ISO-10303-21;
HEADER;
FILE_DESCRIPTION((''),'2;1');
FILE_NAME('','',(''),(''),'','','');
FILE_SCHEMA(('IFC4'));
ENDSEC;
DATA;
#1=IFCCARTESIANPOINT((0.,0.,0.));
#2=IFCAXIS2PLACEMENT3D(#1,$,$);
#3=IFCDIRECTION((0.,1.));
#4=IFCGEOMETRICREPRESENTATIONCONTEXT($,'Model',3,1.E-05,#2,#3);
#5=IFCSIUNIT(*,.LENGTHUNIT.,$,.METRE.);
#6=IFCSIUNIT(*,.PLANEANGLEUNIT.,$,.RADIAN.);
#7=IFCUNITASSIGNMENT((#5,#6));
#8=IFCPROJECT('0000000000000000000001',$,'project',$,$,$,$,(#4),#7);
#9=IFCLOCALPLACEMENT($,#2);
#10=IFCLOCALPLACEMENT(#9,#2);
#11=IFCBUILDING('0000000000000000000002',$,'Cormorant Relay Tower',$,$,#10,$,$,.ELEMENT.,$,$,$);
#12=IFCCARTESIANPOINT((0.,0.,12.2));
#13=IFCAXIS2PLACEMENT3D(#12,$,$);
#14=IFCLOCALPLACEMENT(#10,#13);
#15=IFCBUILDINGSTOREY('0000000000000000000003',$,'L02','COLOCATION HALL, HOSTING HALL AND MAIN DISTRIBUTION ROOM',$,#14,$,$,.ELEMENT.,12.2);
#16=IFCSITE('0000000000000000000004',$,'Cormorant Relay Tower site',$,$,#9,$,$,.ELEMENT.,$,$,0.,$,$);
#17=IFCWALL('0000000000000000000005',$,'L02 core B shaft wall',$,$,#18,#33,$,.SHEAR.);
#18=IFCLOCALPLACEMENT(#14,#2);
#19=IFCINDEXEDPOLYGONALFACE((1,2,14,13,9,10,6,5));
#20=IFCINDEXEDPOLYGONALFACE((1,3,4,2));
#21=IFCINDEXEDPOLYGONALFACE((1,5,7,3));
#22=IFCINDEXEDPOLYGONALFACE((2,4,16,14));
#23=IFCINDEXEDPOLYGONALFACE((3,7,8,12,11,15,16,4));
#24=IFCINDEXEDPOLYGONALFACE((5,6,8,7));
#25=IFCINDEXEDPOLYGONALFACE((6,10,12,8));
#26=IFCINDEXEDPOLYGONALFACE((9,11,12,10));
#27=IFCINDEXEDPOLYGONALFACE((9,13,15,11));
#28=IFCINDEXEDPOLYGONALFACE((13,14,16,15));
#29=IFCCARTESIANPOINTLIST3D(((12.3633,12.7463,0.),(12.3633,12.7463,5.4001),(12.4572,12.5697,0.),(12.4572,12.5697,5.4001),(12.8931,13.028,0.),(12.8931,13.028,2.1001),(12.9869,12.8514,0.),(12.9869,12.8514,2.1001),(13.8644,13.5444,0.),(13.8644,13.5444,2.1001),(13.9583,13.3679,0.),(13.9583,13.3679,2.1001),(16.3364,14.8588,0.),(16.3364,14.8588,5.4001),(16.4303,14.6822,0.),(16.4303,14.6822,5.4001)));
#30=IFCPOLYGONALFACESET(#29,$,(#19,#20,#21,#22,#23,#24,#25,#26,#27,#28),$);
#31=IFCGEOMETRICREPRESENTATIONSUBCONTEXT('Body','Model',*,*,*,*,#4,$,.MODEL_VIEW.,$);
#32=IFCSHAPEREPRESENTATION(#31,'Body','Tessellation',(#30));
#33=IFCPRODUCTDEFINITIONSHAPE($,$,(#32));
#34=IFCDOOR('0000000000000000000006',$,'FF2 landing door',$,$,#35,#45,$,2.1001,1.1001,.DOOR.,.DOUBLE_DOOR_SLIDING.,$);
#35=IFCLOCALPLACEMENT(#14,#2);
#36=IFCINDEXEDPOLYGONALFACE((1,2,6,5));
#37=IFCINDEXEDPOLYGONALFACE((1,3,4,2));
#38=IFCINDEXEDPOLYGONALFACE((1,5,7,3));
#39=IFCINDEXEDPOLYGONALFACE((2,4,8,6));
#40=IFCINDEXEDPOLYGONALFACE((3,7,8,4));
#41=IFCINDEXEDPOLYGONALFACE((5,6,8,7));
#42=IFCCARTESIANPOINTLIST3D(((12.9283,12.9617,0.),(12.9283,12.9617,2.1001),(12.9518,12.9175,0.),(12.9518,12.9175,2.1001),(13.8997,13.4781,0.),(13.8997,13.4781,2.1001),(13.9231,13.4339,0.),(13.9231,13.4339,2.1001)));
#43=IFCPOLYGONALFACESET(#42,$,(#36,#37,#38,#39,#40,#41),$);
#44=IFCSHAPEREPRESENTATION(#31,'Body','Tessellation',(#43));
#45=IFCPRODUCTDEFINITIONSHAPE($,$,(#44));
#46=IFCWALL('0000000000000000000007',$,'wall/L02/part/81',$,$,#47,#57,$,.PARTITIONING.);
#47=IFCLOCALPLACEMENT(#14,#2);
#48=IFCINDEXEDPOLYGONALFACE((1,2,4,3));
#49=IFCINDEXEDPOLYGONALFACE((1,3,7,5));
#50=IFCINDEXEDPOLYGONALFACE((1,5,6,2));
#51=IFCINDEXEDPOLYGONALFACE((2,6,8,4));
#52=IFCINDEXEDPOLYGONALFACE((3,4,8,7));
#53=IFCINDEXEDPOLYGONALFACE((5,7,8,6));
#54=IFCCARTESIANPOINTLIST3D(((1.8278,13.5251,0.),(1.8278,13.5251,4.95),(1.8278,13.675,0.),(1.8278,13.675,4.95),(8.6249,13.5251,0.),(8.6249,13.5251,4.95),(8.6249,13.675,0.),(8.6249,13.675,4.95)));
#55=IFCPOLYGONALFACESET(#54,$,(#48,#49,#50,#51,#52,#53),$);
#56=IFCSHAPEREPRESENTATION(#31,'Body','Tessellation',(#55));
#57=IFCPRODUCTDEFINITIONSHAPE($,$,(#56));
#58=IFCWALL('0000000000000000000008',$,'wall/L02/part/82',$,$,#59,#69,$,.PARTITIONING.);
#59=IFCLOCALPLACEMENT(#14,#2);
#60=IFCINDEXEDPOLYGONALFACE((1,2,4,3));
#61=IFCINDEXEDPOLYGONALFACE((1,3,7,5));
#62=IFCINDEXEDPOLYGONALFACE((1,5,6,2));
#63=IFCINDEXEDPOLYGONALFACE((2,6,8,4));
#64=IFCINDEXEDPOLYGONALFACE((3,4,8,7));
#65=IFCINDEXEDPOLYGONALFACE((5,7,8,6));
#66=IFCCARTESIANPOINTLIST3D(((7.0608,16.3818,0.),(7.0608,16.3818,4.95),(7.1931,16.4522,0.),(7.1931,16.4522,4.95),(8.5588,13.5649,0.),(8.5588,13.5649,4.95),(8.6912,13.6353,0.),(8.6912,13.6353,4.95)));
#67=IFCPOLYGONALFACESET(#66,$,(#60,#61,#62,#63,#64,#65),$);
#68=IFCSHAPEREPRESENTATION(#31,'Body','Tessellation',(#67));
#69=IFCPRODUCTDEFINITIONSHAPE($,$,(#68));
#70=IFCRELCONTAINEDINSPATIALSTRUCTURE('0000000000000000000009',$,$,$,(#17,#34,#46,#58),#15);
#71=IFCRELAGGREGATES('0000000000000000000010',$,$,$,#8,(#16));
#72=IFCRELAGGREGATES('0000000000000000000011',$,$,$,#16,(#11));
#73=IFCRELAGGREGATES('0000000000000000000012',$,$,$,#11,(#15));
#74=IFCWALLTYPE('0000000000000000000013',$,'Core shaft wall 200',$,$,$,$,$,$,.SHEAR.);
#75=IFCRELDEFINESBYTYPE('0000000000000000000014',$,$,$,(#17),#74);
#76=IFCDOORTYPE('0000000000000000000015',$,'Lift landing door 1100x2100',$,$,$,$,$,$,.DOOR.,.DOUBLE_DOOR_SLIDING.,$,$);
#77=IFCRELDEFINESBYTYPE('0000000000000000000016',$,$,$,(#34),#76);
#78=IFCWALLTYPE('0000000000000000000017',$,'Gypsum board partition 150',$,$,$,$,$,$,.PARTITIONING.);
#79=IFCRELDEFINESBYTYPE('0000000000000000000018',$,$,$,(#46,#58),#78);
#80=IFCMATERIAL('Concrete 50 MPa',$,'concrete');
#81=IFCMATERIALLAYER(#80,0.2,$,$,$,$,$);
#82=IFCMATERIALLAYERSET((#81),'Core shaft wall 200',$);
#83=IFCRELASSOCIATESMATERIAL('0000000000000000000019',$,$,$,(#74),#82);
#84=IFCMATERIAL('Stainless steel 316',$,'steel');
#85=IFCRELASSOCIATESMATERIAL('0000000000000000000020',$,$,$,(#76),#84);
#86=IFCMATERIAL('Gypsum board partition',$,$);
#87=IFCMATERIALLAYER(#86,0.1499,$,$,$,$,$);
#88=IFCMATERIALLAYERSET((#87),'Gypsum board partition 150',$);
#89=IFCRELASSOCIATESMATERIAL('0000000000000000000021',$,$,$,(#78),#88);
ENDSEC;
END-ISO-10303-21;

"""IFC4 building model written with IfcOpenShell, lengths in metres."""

from ifc_helpers import new_model, si_unit, direction, frame, frame_2d, origin, place, context, subcontext, project, spatial, rectangle, extrude, material, layer, layer_set, type_object, element, fill, save


model = new_model("IFC4")

# Units and contexts
model_context = context("Model", 3, precision=1e-05, world=origin(), true_north=direction((0.0, 1.0)))
body_context = subcontext(model_context, "Body", "Model", "MODEL_VIEW")
ifc_project = project(units=[si_unit("LENGTHUNIT", "METRE"), si_unit("PLANEANGLEUNIT", "RADIAN")], contexts=[model_context])

# Site, building, storey
site_placement = place(None, origin())
site = spatial("IfcSite", under=ifc_project, at=site_placement, Name="Cormorant Relay Tower site", CompositionType="ELEMENT", RefElevation=0.0)
building_placement = place(site_placement, origin())
building = spatial("IfcBuilding", under=site, at=building_placement, Name="Cormorant Relay Tower", CompositionType="ELEMENT")
storey_placement = place(building_placement, frame((0.0, 0.0, 12.2)))
storey = spatial("IfcBuildingStorey", under=building, at=storey_placement, Name="L02", Description="COLOCATION HALL, HOSTING HALL AND MAIN DISTRIBUTION ROOM", CompositionType="ELEMENT", Elevation=12.2)

# Shared definitions
ifc_material_1 = material(Name="Concrete 50 MPa", Category="concrete")
ifc_layer_1 = layer(ifc_material_1, 0.2)
ifc_layer_set_1 = layer_set([ifc_layer_1], Name="Core shaft wall 200")
wall_type_1 = type_object("IfcWallType", Name="Core shaft wall 200", PredefinedType="SHEAR", material=ifc_layer_set_1)

# Shared definitions
ifc_material_2 = material(Name="Stainless steel 316", Category="steel")
door_type_1 = type_object("IfcDoorType", Name="Lift landing door 1100x2100", OperationType="DOUBLE_DOOR_SLIDING", PredefinedType="DOOR", material=ifc_material_2)

# Wall, opening, door
wall_1_placement = place(storey_placement, frame((12.4102, 12.658, 0.0), z_axis=(0.0, 0.0, 1.0), x_axis=(0.882948, 0.46947, 0.0)))
wall_1 = element("IfcWall", 1, at=wall_1_placement, inside=storey, type_object=wall_type_1, Name="L02 core B shaft wall", PredefinedType="SHEAR", context=body_context, shape_type="SweptSolid", body=[
    extrude(rectangle(XDim=4.4998, YDim=0.2, at=frame_2d((2.25, 0.0))), origin(), (0.0, 0.0, 1.0), 5.4001),
])
opening_1_placement = place(wall_1_placement, frame((0.6001, 0.0, 0.0)))
opening_1 = element("IfcOpeningElement", 2, at=opening_1_placement, cuts=wall_1, PredefinedType="OPENING", context=body_context, shape_type="SweptSolid", body=[
    extrude(rectangle(XDim=1.1001, YDim=2.1001, at=frame_2d((0.55, 1.05))), frame((0.0, 0.1099, 0.0), z_axis=(0.0, -1.0, 0.0), x_axis=(1.0, 0.0, 0.0)), (0.0, 0.0, 1.0), 0.22),
])
door_1_placement = place(opening_1_placement, origin())
door_1 = element("IfcDoor", 3, at=door_1_placement, inside=storey, type_object=door_type_1, Name="FF2 landing door", OperationType="DOUBLE_DOOR_SLIDING", OverallHeight=2.1001, OverallWidth=1.1001, PredefinedType="DOOR", context=body_context, shape_type="SweptSolid", body=[
    extrude(rectangle(XDim=1.1001, YDim=2.1001, at=frame_2d((0.55, 1.05))), frame((0.0, 0.0249, 0.0), z_axis=(0.0, -1.0, 0.0), x_axis=(1.0, 0.0, 0.0)), (0.0, 0.0, 1.0), 0.05),
])
fill(opening_1, door_1)

# Walls
ifc_material_3 = material(Name="Gypsum board partition")
ifc_layer_2 = layer(ifc_material_3, 0.1499)
ifc_layer_set_2 = layer_set([ifc_layer_2], Name="Gypsum board partition 150")
wall_type_2 = type_object("IfcWallType", Name="Gypsum board partition 150", PredefinedType="PARTITIONING", material=ifc_layer_set_2)
wall_2_placement = place(storey_placement, frame((1.8279, 13.6001, 0.0), z_axis=(0.0, 0.0, 1.0), x_axis=(1.0, 0.0, 0.0)))
element("IfcWall", 4, at=wall_2_placement, inside=storey, type_object=wall_type_2, Name="wall/L02/part/81", PredefinedType="PARTITIONING", context=body_context, shape_type="SweptSolid", body=[
    extrude(rectangle(XDim=6.7971, YDim=0.1499, at=frame_2d((3.3984, 0.0))), origin(), (0.0, 0.0, 1.0), 4.95),
])
wall_3_placement = place(storey_placement, frame((8.625, 13.6001, 0.0), z_axis=(0.0, 0.0, 1.0), x_axis=(-0.469539, 0.882912, 0.0)))
element("IfcWall", 5, at=wall_3_placement, inside=storey, type_object=wall_type_2, Name="wall/L02/part/82", PredefinedType="PARTITIONING", context=body_context, shape_type="SweptSolid", body=[
    extrude(rectangle(XDim=3.1904, YDim=0.1499, at=frame_2d((1.5952, 0.0))), origin(), (0.0, 0.0, 1.0), 4.95),
])

save(model, "model.ifc")
